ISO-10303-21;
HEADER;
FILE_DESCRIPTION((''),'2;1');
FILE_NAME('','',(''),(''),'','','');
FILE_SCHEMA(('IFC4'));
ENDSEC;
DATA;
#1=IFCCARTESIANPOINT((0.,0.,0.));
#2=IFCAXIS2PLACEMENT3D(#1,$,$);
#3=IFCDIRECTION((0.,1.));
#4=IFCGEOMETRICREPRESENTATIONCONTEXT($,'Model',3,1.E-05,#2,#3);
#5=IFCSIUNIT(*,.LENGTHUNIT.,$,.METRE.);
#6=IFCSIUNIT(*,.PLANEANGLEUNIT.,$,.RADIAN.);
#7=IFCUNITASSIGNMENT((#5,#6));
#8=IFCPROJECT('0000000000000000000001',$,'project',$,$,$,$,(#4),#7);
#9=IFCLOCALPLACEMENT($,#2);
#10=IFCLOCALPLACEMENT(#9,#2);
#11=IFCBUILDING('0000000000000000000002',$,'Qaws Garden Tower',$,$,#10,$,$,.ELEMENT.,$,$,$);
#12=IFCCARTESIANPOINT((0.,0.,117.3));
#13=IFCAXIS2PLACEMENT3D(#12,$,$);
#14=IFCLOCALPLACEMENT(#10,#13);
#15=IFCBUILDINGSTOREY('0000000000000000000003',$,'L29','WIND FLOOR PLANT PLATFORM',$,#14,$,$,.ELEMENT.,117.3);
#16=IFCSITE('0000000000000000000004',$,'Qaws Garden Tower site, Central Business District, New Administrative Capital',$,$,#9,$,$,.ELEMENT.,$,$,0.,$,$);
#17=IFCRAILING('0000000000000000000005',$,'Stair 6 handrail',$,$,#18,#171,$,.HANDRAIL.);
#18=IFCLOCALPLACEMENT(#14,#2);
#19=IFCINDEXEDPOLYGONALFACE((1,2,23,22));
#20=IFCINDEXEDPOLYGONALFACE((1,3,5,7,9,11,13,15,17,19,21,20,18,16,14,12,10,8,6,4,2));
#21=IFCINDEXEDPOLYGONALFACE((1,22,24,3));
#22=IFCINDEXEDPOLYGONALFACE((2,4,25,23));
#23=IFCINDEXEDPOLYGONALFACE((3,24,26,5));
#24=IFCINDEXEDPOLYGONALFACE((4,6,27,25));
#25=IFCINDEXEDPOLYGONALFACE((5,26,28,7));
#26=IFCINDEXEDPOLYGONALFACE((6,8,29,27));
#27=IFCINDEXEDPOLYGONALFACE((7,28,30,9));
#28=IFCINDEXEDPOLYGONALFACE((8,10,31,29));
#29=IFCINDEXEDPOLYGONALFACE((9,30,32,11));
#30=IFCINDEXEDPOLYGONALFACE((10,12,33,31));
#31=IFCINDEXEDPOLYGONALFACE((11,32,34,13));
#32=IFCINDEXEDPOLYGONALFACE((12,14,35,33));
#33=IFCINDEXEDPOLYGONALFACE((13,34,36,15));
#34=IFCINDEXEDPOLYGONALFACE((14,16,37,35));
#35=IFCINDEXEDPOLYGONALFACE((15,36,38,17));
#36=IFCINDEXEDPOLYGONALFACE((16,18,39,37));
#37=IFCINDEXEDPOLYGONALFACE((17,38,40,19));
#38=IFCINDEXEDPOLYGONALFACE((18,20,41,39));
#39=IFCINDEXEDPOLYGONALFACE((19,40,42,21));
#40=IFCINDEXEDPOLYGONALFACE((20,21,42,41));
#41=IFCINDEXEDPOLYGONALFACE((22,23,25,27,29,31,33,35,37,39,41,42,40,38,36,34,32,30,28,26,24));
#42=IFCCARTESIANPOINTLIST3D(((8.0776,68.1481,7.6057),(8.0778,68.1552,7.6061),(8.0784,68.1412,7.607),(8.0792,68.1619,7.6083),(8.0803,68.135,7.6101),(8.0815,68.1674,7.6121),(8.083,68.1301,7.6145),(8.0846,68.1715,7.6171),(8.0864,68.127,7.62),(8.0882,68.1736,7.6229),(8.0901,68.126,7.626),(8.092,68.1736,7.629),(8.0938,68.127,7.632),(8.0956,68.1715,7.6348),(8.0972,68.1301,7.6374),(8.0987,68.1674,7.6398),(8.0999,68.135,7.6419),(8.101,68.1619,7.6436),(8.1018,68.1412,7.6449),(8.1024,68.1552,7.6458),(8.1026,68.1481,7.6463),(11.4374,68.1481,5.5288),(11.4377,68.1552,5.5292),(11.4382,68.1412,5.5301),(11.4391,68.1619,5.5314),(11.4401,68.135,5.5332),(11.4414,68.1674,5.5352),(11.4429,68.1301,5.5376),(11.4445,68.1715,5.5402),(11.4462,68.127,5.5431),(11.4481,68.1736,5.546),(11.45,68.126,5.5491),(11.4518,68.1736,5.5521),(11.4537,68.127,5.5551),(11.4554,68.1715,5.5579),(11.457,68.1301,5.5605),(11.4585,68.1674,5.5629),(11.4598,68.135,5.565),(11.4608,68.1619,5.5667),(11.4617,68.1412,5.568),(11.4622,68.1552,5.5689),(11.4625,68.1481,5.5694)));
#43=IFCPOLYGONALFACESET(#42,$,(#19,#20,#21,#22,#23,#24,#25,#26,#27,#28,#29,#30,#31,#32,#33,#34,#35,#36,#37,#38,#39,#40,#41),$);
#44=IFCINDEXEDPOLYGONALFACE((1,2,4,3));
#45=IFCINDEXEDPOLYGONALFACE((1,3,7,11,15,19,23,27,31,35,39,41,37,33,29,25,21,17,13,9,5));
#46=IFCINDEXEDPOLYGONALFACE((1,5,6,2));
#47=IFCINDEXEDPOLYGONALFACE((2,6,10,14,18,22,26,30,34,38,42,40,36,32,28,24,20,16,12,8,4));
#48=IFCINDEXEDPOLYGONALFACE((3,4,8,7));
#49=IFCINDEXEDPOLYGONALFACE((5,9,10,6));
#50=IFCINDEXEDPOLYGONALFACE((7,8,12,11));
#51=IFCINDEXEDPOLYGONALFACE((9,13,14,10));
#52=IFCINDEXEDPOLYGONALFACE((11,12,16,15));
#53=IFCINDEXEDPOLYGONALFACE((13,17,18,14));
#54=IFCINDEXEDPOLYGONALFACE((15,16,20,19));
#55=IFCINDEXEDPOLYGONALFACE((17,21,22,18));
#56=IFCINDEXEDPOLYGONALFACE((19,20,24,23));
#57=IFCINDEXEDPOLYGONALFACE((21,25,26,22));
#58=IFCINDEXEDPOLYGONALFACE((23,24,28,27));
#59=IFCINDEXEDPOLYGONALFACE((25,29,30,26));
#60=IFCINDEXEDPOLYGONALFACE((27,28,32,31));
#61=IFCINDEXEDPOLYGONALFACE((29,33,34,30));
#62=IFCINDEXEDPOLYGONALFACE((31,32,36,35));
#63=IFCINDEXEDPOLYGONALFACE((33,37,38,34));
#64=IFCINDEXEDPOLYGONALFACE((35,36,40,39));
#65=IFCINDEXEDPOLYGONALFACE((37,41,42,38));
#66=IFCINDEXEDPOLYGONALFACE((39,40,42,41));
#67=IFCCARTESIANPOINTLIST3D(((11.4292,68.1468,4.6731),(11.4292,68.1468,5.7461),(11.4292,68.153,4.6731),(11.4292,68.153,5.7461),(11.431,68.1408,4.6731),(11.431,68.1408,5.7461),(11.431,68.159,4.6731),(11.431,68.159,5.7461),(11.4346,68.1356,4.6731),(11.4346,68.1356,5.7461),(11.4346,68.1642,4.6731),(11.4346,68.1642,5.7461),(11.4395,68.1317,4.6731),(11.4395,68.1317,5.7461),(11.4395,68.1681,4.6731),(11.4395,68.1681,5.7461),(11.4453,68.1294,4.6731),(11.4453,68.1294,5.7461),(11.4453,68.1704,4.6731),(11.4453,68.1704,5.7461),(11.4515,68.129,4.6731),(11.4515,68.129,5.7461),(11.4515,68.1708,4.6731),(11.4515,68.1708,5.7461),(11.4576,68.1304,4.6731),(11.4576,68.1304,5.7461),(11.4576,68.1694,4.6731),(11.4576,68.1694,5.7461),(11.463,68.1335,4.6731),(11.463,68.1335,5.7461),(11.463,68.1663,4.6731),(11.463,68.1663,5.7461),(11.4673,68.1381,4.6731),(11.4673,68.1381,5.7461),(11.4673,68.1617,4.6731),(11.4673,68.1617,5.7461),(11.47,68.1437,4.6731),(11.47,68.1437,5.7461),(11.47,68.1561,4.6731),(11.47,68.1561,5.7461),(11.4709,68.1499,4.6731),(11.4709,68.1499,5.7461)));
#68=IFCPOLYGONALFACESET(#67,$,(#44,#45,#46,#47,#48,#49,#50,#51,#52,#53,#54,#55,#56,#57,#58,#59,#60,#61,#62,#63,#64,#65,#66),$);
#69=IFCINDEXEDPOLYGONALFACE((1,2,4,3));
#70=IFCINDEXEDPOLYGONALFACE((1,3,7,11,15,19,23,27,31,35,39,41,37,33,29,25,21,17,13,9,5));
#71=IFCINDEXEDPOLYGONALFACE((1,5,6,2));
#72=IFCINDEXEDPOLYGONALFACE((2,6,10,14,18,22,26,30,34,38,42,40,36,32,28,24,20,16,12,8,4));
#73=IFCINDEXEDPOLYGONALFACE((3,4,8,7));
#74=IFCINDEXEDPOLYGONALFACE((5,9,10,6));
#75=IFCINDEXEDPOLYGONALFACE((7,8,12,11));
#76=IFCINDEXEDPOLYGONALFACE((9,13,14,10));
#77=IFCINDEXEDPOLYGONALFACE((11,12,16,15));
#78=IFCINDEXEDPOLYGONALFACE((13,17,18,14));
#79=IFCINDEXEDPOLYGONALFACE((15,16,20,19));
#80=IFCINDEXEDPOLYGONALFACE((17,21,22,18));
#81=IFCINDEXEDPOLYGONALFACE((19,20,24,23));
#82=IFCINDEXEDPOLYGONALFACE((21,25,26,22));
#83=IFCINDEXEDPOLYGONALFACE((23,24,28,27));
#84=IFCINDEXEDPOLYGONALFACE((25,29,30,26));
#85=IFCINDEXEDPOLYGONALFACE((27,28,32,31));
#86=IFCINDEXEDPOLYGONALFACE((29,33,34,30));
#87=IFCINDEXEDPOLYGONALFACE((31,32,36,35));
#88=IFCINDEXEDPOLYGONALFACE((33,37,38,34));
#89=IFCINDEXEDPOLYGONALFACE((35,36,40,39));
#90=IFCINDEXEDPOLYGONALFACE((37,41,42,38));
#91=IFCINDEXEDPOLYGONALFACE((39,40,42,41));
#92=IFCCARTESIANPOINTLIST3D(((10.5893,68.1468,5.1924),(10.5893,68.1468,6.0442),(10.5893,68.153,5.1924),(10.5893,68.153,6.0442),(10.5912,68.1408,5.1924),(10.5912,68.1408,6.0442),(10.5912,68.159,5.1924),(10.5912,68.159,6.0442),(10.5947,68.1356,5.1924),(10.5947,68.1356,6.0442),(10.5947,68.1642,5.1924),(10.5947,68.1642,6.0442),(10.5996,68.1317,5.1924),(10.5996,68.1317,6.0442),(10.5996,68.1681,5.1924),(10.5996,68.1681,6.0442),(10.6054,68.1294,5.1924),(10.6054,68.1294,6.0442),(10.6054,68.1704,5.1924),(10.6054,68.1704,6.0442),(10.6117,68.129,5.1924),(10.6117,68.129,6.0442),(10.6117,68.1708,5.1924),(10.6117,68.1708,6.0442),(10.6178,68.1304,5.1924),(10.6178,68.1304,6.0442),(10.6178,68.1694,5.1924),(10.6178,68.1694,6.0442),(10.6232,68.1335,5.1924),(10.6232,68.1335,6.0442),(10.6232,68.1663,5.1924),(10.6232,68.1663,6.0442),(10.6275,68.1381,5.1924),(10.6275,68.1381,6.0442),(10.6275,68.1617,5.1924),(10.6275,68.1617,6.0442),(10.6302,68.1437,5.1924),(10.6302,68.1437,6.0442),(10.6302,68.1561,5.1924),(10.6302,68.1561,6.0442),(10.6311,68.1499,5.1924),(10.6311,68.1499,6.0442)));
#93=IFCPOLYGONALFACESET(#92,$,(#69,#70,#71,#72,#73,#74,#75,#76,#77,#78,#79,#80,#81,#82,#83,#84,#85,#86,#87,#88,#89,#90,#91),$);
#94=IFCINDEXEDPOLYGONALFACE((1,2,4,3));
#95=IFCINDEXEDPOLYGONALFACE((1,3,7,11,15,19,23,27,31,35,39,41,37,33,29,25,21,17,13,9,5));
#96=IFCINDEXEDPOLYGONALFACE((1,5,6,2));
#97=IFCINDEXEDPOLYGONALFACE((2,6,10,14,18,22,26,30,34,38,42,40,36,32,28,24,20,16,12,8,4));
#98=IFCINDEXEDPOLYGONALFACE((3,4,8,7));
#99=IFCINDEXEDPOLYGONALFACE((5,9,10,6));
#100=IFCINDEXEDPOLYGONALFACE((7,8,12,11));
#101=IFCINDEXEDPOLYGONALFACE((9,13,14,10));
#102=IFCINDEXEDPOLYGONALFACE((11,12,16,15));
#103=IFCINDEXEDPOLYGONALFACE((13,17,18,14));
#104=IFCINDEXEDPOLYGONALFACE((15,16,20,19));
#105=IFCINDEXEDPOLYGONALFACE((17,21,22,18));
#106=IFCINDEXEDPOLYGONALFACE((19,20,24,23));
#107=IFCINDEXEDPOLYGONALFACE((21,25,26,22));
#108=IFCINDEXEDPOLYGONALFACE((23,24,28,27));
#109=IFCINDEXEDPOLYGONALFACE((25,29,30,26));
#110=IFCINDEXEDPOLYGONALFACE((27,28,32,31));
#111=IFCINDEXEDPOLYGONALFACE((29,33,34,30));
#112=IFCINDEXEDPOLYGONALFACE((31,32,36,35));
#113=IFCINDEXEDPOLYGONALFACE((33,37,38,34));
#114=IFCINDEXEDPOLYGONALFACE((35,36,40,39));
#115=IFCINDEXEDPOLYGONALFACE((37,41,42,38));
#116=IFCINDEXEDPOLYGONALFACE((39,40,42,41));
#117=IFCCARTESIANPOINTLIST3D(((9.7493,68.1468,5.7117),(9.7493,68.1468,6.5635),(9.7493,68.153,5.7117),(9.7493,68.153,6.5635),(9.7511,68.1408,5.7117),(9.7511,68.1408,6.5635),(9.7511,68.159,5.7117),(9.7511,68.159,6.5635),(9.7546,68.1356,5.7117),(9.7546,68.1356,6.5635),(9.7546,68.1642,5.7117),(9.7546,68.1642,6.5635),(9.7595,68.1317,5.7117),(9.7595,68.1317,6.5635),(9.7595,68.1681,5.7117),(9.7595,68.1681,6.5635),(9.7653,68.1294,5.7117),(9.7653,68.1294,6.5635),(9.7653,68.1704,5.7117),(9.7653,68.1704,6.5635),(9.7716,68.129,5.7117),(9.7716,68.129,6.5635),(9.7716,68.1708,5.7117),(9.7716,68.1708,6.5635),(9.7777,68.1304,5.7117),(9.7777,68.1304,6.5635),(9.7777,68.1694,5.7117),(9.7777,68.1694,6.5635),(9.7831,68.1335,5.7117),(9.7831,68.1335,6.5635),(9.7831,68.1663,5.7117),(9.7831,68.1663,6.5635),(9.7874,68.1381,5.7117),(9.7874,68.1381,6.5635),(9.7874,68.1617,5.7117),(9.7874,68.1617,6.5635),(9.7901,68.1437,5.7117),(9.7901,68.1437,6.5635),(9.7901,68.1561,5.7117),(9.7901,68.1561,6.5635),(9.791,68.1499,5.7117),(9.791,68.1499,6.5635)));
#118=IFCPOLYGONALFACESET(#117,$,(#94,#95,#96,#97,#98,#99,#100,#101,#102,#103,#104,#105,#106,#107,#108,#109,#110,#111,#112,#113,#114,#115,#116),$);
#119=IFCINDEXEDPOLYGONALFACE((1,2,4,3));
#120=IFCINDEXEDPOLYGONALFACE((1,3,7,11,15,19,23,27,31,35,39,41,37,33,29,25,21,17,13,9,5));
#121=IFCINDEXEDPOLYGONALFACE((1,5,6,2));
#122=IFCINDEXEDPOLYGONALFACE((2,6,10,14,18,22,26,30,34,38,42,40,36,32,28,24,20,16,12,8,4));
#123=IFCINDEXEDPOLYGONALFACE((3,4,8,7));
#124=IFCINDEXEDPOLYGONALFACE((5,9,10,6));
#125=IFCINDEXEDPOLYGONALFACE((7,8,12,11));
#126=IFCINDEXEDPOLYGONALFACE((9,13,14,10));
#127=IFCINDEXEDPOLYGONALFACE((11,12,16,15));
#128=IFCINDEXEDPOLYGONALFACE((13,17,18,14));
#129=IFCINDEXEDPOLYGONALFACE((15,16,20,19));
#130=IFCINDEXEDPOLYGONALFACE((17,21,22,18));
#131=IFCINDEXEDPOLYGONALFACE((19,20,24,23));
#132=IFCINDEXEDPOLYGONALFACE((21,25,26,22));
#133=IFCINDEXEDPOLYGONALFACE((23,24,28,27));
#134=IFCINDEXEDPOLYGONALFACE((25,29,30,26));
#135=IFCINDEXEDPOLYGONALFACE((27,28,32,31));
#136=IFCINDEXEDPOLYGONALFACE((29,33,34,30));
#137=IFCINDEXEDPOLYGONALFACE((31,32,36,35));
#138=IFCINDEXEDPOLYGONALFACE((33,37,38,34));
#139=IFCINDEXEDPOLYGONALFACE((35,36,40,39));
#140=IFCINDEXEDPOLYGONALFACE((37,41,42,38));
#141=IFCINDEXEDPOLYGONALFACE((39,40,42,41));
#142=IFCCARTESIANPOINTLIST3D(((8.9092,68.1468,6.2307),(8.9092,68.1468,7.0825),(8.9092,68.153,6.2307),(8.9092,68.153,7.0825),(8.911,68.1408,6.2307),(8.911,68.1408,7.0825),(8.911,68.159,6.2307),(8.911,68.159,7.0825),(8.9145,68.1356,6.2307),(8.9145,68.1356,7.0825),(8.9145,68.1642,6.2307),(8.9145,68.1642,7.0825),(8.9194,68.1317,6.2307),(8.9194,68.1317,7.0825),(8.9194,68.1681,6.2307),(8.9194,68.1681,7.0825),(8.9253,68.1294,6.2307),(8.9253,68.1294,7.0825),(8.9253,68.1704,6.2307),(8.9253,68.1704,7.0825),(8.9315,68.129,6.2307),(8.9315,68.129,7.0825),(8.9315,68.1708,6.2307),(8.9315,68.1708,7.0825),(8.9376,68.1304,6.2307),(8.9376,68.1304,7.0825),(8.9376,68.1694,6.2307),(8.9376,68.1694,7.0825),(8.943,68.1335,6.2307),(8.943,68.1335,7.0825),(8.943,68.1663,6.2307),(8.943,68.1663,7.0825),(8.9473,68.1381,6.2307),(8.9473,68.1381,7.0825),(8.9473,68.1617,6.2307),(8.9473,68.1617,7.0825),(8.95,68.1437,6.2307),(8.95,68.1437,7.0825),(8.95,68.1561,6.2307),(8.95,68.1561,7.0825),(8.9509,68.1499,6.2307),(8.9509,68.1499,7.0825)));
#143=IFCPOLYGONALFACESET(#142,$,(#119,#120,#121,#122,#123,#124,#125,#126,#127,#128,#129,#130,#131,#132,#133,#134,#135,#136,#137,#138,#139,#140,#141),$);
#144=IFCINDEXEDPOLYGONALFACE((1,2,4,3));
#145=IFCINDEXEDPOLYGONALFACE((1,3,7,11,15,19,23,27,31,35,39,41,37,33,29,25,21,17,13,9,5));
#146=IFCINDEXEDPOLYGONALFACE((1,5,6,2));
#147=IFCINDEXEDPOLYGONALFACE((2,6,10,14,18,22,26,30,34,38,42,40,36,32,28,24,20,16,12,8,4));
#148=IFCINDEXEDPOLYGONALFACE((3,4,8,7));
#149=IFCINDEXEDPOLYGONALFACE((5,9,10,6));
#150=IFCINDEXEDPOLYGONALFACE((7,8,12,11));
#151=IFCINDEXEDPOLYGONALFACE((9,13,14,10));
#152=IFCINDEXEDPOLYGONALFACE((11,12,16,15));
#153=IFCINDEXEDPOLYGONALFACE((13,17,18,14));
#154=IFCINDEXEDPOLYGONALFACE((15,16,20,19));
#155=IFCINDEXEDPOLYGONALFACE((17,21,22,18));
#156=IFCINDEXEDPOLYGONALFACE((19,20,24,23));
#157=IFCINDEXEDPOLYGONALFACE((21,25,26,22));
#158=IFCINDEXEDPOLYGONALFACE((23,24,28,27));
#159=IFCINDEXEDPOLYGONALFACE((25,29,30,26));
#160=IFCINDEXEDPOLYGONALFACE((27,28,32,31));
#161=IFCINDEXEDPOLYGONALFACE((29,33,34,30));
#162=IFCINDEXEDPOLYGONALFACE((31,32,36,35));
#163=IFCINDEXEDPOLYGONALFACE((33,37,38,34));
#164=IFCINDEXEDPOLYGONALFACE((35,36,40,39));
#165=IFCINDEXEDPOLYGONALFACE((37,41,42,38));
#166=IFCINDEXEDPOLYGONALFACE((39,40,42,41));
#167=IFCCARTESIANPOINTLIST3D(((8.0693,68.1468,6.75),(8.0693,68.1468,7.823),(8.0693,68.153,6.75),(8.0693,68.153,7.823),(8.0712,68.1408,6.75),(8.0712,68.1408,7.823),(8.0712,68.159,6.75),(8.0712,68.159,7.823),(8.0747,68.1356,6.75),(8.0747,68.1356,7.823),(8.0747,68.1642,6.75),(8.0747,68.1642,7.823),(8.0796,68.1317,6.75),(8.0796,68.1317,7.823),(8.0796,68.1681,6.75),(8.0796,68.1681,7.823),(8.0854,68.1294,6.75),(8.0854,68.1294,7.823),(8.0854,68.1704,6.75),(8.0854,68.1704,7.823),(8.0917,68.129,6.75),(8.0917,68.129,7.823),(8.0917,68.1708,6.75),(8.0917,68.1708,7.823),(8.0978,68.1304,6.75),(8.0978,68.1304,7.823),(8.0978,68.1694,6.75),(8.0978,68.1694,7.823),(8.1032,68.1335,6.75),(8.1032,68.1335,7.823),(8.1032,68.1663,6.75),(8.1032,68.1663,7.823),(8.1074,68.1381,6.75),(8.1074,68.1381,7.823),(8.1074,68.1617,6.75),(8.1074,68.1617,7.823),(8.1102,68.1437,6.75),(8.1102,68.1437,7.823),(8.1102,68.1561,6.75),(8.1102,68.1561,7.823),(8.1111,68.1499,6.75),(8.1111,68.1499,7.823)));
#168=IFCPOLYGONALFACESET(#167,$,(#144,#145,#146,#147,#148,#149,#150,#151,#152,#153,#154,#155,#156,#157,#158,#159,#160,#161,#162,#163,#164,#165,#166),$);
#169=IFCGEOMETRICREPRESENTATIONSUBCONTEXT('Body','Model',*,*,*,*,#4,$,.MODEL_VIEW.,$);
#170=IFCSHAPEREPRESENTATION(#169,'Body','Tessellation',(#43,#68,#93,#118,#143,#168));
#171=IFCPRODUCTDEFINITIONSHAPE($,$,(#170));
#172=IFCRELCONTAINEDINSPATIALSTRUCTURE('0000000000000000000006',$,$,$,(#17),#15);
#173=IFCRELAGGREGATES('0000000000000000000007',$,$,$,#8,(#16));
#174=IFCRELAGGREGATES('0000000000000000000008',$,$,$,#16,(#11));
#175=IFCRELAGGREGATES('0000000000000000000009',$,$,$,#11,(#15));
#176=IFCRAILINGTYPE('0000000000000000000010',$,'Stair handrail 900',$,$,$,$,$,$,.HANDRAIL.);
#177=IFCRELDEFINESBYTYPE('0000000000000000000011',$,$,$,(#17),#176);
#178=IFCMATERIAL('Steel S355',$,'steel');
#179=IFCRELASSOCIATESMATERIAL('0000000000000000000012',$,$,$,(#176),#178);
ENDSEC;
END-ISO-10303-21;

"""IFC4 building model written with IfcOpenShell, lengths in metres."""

from ifc_helpers import new_model, si_unit, direction, frame, origin, origin_2d, place, context, subcontext, project, spatial, circle, extrude, material, type_object, element, save


model = new_model("IFC4")

# Units and contexts
model_context = context("Model", 3, precision=1e-05, world=origin(), true_north=direction((0.0, 1.0)))
body_context = subcontext(model_context, "Body", "Model", "MODEL_VIEW")
ifc_project = project(units=[si_unit("LENGTHUNIT", "METRE"), si_unit("PLANEANGLEUNIT", "RADIAN")], contexts=[model_context])

# Site, building, storey
site_placement = place(None, origin())
site = spatial("IfcSite", under=ifc_project, at=site_placement, Name="Qaws Garden Tower site, Central Business District, New Administrative Capital", CompositionType="ELEMENT", RefElevation=0.0)
building_placement = place(site_placement, origin())
building = spatial("IfcBuilding", under=site, at=building_placement, Name="Qaws Garden Tower", CompositionType="ELEMENT")
storey_placement = place(building_placement, frame((0.0, 0.0, 117.3)))
storey = spatial("IfcBuildingStorey", under=building, at=storey_placement, Name="L29", Description="WIND FLOOR PLANT PLATFORM", CompositionType="ELEMENT", Elevation=117.3)

# Railing
ifc_material_1 = material(Name="Steel S355", Category="steel")
railing_type_1 = type_object("IfcRailingType", Name="Stair handrail 900", PredefinedType="HANDRAIL", material=ifc_material_1)
railing_1_placement = place(storey_placement, frame((11.45, 68.1499, 4.6731)))
element("IfcRailing", 1, at=railing_1_placement, inside=storey, type_object=railing_type_1, Name="Stair 6 handrail", PredefinedType="HANDRAIL", context=body_context, shape_type="SweptSolid", body=[
    extrude(circle(Radius=0.0239, at=origin_2d()), frame((0.0, 0.0, 0.876), z_axis=(-0.850606, 0.0, 0.525803), x_axis=(0.0, -1.0, 0.0)), (0.0, 0.0, 1.0), 3.95),
    extrude(circle(Radius=0.021, at=origin_2d()), origin(), (0.0, 0.0, 1.0), 1.073),
    extrude(circle(Radius=0.021, at=origin_2d()), frame((-0.8398, 0.0, 0.5193)), (0.0, 0.0, 1.0), 0.8518),
    extrude(circle(Radius=0.021, at=origin_2d()), frame((-1.6799, 0.0, 1.0386)), (0.0, 0.0, 1.0), 0.8518),
    extrude(circle(Radius=0.021, at=origin_2d()), frame((-2.52, 0.0, 1.5576)), (0.0, 0.0, 1.0), 0.8518),
    extrude(circle(Radius=0.021, at=origin_2d()), frame((-3.3599, 0.0, 2.0769)), (0.0, 0.0, 1.0), 1.073),
])

save(model, "model.ifc")
